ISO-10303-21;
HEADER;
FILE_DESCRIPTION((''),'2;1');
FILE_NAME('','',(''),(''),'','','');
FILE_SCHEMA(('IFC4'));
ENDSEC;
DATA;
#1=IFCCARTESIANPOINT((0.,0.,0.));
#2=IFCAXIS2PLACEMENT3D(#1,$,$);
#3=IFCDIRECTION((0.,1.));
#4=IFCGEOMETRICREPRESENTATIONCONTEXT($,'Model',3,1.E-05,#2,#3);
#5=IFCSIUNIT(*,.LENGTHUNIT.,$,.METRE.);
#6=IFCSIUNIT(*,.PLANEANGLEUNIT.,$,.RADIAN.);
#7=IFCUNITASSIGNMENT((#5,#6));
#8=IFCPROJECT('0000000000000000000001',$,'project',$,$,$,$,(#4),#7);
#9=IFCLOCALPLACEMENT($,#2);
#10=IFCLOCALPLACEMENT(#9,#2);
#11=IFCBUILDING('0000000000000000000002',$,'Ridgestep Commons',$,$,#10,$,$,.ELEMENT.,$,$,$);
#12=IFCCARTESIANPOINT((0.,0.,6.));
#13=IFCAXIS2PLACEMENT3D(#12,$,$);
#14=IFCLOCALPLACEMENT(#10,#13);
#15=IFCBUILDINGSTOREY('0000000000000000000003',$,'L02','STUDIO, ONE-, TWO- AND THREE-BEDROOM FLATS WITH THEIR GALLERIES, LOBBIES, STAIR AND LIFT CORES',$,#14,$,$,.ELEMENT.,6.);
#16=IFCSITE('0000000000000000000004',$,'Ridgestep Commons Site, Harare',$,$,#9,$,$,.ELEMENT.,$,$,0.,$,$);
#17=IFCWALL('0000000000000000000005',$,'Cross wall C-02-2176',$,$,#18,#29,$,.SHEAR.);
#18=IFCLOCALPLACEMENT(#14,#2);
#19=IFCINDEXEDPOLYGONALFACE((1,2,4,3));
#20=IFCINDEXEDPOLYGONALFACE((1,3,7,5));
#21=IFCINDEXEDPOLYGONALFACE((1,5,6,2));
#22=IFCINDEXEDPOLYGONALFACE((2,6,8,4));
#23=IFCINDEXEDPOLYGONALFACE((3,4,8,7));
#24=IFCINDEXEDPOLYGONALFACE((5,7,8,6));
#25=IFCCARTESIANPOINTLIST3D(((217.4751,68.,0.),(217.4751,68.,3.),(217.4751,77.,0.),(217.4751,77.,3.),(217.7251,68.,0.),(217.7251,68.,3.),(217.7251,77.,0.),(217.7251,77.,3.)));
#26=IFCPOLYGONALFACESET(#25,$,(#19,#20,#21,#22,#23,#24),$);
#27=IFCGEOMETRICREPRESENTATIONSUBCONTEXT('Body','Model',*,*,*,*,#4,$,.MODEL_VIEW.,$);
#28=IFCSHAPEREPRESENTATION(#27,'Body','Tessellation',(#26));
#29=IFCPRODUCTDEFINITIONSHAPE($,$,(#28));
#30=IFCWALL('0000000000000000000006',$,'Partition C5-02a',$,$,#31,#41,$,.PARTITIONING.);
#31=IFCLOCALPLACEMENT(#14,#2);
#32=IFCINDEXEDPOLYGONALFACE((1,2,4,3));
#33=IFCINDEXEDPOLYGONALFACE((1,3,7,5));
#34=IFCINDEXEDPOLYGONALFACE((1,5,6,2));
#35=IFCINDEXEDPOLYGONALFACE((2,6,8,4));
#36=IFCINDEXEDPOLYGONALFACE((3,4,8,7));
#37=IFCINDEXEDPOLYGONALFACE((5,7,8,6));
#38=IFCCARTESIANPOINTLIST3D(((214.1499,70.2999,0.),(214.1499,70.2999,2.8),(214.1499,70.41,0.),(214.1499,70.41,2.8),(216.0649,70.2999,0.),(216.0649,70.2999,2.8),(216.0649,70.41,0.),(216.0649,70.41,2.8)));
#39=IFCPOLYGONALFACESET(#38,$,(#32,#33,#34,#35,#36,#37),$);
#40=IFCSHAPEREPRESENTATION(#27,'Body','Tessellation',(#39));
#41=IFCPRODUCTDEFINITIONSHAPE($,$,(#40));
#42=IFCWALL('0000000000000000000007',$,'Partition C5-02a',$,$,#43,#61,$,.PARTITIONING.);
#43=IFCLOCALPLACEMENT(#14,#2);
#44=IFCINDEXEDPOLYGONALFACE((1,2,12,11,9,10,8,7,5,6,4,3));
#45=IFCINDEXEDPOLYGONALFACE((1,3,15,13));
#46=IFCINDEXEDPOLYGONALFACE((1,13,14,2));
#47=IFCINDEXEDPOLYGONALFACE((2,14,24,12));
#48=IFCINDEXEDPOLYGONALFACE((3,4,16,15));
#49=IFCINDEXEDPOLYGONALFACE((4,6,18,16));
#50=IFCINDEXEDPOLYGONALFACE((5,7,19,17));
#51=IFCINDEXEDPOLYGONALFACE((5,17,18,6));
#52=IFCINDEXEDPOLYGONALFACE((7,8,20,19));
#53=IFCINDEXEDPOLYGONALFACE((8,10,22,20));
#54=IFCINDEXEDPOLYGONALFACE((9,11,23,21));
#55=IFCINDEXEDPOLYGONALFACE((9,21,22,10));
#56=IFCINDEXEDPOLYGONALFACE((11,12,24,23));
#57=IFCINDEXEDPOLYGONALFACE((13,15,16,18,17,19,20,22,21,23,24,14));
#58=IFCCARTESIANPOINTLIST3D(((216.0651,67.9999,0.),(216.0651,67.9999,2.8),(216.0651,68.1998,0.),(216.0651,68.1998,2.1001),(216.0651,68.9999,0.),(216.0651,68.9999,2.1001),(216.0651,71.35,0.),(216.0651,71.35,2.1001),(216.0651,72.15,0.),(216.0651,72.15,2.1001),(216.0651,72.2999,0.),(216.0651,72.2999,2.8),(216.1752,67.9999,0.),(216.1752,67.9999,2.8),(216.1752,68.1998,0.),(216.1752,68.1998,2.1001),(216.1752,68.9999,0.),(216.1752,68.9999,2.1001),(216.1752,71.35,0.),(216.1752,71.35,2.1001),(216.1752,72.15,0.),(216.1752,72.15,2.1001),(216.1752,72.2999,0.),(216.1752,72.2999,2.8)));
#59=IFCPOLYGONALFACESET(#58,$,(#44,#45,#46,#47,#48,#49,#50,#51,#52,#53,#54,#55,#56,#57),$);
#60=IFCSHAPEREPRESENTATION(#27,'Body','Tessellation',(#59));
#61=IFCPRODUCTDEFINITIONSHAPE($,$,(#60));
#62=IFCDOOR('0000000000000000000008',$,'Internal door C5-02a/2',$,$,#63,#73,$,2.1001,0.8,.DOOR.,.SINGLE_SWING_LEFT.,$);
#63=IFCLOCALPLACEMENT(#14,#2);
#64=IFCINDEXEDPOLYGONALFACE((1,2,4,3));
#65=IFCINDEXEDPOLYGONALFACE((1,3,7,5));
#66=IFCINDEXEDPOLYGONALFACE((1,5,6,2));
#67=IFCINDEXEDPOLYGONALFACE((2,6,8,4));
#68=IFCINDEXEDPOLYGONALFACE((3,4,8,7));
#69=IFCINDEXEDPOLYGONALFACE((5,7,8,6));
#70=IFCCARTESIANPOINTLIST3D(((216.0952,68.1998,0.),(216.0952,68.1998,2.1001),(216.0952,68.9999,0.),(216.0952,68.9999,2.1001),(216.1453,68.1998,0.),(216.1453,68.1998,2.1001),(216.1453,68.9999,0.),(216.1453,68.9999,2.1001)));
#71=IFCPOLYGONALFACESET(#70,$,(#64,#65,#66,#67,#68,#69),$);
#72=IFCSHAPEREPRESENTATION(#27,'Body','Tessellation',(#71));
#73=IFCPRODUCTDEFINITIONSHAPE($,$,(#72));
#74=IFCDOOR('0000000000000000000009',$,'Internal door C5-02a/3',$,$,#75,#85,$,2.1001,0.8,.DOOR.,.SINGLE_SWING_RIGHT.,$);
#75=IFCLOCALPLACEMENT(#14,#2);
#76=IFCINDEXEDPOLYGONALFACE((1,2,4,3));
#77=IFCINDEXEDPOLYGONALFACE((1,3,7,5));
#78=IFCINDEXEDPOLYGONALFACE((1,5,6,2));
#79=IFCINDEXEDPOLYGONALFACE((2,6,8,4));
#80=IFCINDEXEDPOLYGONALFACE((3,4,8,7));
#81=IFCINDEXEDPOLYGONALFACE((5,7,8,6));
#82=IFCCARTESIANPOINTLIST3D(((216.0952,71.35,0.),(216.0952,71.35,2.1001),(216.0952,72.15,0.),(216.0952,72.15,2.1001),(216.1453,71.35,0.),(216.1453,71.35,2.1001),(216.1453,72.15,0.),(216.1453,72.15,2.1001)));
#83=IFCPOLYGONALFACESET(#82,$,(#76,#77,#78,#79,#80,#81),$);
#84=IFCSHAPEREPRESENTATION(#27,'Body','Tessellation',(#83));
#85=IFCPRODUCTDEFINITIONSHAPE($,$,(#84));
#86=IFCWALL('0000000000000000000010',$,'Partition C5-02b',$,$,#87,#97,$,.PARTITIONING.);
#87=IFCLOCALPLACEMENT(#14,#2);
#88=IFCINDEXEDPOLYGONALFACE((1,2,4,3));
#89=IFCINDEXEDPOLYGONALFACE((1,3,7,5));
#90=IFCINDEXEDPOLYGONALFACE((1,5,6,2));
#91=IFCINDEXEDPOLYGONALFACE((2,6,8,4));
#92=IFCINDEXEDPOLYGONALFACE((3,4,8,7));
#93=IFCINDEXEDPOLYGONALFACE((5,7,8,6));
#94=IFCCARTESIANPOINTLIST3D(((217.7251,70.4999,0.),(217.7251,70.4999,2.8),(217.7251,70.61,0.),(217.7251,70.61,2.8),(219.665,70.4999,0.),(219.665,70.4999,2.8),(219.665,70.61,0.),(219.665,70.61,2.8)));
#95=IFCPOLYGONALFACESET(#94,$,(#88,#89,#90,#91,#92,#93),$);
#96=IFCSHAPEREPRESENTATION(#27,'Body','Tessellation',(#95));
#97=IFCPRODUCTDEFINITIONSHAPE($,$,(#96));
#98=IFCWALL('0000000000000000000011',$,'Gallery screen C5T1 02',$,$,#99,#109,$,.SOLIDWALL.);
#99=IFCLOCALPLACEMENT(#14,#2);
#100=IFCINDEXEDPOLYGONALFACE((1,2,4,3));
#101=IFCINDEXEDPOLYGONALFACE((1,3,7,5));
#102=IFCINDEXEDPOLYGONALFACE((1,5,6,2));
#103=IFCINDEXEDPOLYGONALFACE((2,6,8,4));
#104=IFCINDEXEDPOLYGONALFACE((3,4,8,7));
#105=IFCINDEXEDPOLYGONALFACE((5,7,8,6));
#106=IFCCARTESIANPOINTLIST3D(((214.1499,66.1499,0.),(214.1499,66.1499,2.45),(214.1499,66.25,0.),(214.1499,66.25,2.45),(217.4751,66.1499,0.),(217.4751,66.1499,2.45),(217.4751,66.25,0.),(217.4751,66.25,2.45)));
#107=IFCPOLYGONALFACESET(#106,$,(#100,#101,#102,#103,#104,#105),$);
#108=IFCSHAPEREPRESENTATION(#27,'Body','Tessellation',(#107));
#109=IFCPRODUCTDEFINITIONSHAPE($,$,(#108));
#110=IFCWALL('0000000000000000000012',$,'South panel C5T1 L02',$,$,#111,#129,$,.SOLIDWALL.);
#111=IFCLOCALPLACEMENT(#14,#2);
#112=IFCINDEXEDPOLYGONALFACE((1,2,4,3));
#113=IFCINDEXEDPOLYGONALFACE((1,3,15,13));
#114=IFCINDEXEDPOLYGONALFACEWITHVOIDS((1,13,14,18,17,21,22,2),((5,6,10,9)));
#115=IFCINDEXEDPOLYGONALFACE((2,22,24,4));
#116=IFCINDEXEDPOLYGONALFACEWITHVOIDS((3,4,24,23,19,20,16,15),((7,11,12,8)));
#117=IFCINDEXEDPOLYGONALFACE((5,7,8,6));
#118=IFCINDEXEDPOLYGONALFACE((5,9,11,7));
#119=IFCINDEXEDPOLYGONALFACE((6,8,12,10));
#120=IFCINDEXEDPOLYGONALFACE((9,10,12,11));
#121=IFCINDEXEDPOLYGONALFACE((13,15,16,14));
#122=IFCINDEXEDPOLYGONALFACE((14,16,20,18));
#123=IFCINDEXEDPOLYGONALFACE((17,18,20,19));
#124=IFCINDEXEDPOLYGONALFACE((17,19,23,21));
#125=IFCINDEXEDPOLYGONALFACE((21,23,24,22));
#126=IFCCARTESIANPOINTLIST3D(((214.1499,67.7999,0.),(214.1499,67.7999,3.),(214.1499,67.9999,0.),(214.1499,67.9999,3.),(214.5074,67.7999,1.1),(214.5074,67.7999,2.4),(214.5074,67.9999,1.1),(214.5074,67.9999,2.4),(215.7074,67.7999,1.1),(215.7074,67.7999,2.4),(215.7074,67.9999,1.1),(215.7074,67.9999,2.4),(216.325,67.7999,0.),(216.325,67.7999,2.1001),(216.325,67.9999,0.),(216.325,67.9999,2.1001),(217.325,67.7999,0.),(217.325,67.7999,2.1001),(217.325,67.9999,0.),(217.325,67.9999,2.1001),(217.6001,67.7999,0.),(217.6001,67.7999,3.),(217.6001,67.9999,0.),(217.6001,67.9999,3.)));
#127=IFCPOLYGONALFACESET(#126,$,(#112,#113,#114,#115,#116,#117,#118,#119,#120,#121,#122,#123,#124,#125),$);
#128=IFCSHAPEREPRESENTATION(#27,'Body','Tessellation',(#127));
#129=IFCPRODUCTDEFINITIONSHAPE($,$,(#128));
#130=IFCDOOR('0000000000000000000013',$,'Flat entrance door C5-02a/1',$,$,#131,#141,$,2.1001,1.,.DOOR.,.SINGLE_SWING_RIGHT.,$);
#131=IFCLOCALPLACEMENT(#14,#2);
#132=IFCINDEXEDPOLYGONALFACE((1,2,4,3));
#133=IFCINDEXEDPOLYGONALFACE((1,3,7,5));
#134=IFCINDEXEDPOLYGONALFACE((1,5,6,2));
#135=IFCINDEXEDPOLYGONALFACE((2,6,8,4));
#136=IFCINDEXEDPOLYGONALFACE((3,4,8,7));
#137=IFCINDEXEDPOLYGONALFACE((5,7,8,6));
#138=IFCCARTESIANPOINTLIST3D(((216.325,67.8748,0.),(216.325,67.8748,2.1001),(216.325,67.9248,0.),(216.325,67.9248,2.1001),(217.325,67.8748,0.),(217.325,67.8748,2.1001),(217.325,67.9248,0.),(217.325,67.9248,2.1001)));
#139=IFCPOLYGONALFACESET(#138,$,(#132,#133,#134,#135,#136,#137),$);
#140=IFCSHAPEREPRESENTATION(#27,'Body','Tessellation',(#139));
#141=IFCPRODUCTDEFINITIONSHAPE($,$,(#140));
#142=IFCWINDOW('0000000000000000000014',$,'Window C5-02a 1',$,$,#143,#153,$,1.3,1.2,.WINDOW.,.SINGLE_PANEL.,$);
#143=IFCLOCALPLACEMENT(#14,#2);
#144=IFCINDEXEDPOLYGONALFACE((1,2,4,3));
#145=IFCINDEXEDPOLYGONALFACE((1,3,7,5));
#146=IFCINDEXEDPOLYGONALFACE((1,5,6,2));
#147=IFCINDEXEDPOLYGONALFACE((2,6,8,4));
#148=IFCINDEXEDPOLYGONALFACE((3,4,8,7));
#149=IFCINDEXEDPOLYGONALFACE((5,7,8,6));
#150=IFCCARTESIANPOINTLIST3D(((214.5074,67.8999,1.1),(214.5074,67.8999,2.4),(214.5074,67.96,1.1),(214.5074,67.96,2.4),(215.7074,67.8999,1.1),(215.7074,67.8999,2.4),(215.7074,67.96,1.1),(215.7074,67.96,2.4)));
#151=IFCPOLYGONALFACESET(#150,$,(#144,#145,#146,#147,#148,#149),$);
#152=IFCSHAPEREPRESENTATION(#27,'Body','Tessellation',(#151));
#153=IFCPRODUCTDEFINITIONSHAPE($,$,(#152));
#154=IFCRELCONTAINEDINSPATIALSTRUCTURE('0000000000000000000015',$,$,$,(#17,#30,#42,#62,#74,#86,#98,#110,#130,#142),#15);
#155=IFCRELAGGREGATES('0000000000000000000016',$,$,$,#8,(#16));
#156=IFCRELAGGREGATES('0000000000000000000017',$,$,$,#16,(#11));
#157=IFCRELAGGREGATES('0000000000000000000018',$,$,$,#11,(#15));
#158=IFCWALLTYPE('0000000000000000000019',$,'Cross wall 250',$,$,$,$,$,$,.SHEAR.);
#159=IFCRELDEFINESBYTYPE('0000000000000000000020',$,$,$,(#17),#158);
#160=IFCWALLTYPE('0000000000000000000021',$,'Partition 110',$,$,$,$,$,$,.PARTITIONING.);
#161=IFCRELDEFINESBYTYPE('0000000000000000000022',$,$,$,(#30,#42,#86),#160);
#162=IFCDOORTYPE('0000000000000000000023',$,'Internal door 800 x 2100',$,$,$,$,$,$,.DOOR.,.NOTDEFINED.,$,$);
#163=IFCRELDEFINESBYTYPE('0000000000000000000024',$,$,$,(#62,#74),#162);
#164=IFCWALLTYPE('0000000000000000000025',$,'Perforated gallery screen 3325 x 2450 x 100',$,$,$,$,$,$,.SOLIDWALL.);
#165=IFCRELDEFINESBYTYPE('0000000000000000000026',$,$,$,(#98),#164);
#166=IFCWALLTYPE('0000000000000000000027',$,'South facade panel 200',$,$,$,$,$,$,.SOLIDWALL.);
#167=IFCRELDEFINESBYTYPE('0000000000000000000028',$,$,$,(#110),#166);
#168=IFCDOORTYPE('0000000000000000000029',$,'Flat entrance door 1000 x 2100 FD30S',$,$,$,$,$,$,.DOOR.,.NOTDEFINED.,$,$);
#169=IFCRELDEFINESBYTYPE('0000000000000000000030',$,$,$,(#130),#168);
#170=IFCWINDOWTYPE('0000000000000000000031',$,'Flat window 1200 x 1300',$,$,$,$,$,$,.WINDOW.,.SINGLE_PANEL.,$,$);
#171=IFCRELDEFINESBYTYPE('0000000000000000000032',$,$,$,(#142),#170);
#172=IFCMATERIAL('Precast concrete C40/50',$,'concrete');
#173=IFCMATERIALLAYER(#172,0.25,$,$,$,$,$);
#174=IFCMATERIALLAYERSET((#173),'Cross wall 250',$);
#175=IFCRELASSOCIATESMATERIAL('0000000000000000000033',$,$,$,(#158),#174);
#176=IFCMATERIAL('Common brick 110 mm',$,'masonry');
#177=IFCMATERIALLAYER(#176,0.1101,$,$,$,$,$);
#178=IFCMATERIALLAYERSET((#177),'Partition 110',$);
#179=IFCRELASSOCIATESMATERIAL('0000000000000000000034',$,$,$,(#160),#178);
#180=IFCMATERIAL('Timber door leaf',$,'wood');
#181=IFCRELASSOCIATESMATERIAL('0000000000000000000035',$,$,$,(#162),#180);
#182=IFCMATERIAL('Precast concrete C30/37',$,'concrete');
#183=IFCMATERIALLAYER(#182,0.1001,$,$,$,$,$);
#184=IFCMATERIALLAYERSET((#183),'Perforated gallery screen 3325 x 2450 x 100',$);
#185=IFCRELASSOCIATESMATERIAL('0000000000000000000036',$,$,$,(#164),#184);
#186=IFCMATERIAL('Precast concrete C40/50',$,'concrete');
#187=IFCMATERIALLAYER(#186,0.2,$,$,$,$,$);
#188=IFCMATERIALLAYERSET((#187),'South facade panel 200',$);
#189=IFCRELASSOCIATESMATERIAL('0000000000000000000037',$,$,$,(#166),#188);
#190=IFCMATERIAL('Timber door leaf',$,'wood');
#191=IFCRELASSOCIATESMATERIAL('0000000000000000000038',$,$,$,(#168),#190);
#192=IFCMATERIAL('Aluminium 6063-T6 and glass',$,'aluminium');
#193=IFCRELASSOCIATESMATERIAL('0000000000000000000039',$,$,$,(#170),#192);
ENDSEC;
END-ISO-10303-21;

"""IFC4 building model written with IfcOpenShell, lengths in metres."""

from ifc_helpers import new_model, si_unit, direction, frame, frame_2d, origin, place, context, subcontext, project, spatial, rectangle, extrude, material, layer, layer_set, type_object, element, fill, save


model = new_model("IFC4")

# Units and contexts
model_context = context("Model", 3, precision=1e-05, world=origin(), true_north=direction((0.0, 1.0)))
body_context = subcontext(model_context, "Body", "Model", "MODEL_VIEW")
ifc_project = project(units=[si_unit("LENGTHUNIT", "METRE"), si_unit("PLANEANGLEUNIT", "RADIAN")], contexts=[model_context])

# Site, building, storey
site_placement = place(None, origin())
site = spatial("IfcSite", under=ifc_project, at=site_placement, Name="Ridgestep Commons Site, Harare", CompositionType="ELEMENT", RefElevation=0.0)
building_placement = place(site_placement, origin())
building = spatial("IfcBuilding", under=site, at=building_placement, Name="Ridgestep Commons", CompositionType="ELEMENT")
storey_placement = place(building_placement, frame((0.0, 0.0, 6.0)))
storey = spatial("IfcBuildingStorey", under=building, at=storey_placement, Name="L02", Description="STUDIO, ONE-, TWO- AND THREE-BEDROOM FLATS WITH THEIR GALLERIES, LOBBIES, STAIR AND LIFT CORES", CompositionType="ELEMENT", Elevation=6.0)

# Walls
ifc_material_1 = material(Name="Precast concrete C40/50", Category="concrete")
ifc_layer_1 = layer(ifc_material_1, 0.25)
ifc_layer_set_1 = layer_set([ifc_layer_1], Name="Cross wall 250")
wall_type_1 = type_object("IfcWallType", Name="Cross wall 250", PredefinedType="SHEAR", material=ifc_layer_set_1)
wall_1_placement = place(storey_placement, frame((217.6001, 68.0, 0.0), z_axis=(0.0, 0.0, 1.0), x_axis=(0.0, 1.0, 0.0)))
element("IfcWall", 1, at=wall_1_placement, inside=storey, type_object=wall_type_1, Name="Cross wall C-02-2176", PredefinedType="SHEAR", context=body_context, shape_type="SweptSolid", body=[
    extrude(rectangle(XDim=9.0, YDim=0.25, at=frame_2d((4.5, 0.0))), origin(), (0.0, 0.0, 1.0), 3.0),
])
ifc_material_2 = material(Name="Common brick 110 mm", Category="masonry")
ifc_layer_2 = layer(ifc_material_2, 0.1101)
ifc_layer_set_2 = layer_set([ifc_layer_2], Name="Partition 110")
wall_type_2 = type_object("IfcWallType", Name="Partition 110", PredefinedType="PARTITIONING", material=ifc_layer_set_2)
wall_2_placement = place(storey_placement, frame((214.1499, 70.355, 0.0), z_axis=(0.0, 0.0, 1.0), x_axis=(1.0, 0.0, 0.0)))
element("IfcWall", 2, at=wall_2_placement, inside=storey, type_object=wall_type_2, Name="Partition C5-02a", PredefinedType="PARTITIONING", context=body_context, shape_type="SweptSolid", body=[
    extrude(rectangle(XDim=1.915, YDim=0.1101, at=frame_2d((0.9575, 0.0))), origin(), (0.0, 0.0, 1.0), 2.8),
])

# Wall, openings, doors
wall_3_placement = place(storey_placement, frame((216.1201, 68.0, 0.0), z_axis=(0.0, 0.0, 1.0), x_axis=(0.0, 1.0, 0.0)))
wall_3 = element("IfcWall", 3, at=wall_3_placement, inside=storey, type_object=wall_type_2, Name="Partition C5-02a", PredefinedType="PARTITIONING", context=body_context, shape_type="SweptSolid", body=[
    extrude(rectangle(XDim=4.3, YDim=0.1101, at=frame_2d((2.1499, 0.0))), origin(), (0.0, 0.0, 1.0), 2.8),
])
opening_1_placement = place(wall_3_placement, frame((0.2, 0.0, 0.0)))
opening_1 = element("IfcOpeningElement", 4, at=opening_1_placement, cuts=wall_3, PredefinedType="OPENING", context=body_context, shape_type="SweptSolid", body=[
    extrude(rectangle(XDim=0.8, YDim=2.1001, at=frame_2d((0.3999, 1.05))), frame((0.0, 0.0649, 0.0), z_axis=(0.0, -1.0, 0.0), x_axis=(1.0, 0.0, 0.0)), (0.0, 0.0, 1.0), 0.1301),
])
opening_2_placement = place(wall_3_placement, frame((3.3501, 0.0, 0.0)))
opening_2 = element("IfcOpeningElement", 5, at=opening_2_placement, cuts=wall_3, PredefinedType="OPENING", context=body_context, shape_type="SweptSolid", body=[
    extrude(rectangle(XDim=0.8, YDim=2.1001, at=frame_2d((0.3999, 1.05))), frame((0.0, 0.0649, 0.0), z_axis=(0.0, -1.0, 0.0), x_axis=(1.0, 0.0, 0.0)), (0.0, 0.0, 1.0), 0.1301),
])
ifc_material_3 = material(Name="Timber door leaf", Category="wood")
door_type_1 = type_object("IfcDoorType", Name="Internal door 800 x 2100", OperationType="NOTDEFINED", PredefinedType="DOOR", material=ifc_material_3)
door_1_placement = place(opening_1_placement, origin())
door_1 = element("IfcDoor", 6, at=door_1_placement, inside=storey, type_object=door_type_1, Name="Internal door C5-02a/2", OperationType="SINGLE_SWING_LEFT", OverallHeight=2.1001, OverallWidth=0.8, PredefinedType="DOOR", context=body_context, shape_type="SweptSolid", body=[
    extrude(rectangle(XDim=0.8, YDim=2.1001, at=frame_2d((0.3999, 1.05))), frame((0.0, 0.0249, 0.0), z_axis=(0.0, -1.0, 0.0), x_axis=(1.0, 0.0, 0.0)), (0.0, 0.0, 1.0), 0.05),
])
fill(opening_1, door_1)
door_2_placement = place(opening_2_placement, origin())
door_2 = element("IfcDoor", 7, at=door_2_placement, inside=storey, type_object=door_type_1, Name="Internal door C5-02a/3", OperationType="SINGLE_SWING_RIGHT", OverallHeight=2.1001, OverallWidth=0.8, PredefinedType="DOOR", context=body_context, shape_type="SweptSolid", body=[
    extrude(rectangle(XDim=0.8, YDim=2.1001, at=frame_2d((0.3999, 1.05))), frame((0.0, 0.0249, 0.0), z_axis=(0.0, -1.0, 0.0), x_axis=(1.0, 0.0, 0.0)), (0.0, 0.0, 1.0), 0.05),
])
fill(opening_2, door_2)

# Walls
wall_4_placement = place(storey_placement, frame((217.7251, 70.5549, 0.0), z_axis=(0.0, 0.0, 1.0), x_axis=(1.0, 0.0, 0.0)))
element("IfcWall", 8, at=wall_4_placement, inside=storey, type_object=wall_type_2, Name="Partition C5-02b", PredefinedType="PARTITIONING", context=body_context, shape_type="SweptSolid", body=[
    extrude(rectangle(XDim=1.9399, YDim=0.1101, at=frame_2d((0.97, 0.0))), origin(), (0.0, 0.0, 1.0), 2.8),
])
ifc_material_4 = material(Name="Precast concrete C30/37", Category="concrete")
ifc_layer_3 = layer(ifc_material_4, 0.1001)
ifc_layer_set_3 = layer_set([ifc_layer_3], Name="Perforated gallery screen 3325 x 2450 x 100")
wall_type_3 = type_object("IfcWallType", Name="Perforated gallery screen 3325 x 2450 x 100", PredefinedType="SOLIDWALL", material=ifc_layer_set_3)
wall_5_placement = place(storey_placement, frame((214.1499, 66.2, 0.0), z_axis=(0.0, 0.0, 1.0), x_axis=(1.0, 0.0, 0.0)))
element("IfcWall", 9, at=wall_5_placement, inside=storey, type_object=wall_type_3, Name="Gallery screen C5T1 02", PredefinedType="SOLIDWALL", context=body_context, shape_type="SweptSolid", body=[
    extrude(rectangle(XDim=3.3252, YDim=0.1001, at=frame_2d((1.6626, 0.0))), origin(), (0.0, 0.0, 1.0), 2.45),
])

# Wall, openings, door, window
ifc_material_5 = material(Name="Precast concrete C40/50", Category="concrete")
ifc_layer_4 = layer(ifc_material_5, 0.2)
ifc_layer_set_4 = layer_set([ifc_layer_4], Name="South facade panel 200")
wall_type_4 = type_object("IfcWallType", Name="South facade panel 200", PredefinedType="SOLIDWALL", material=ifc_layer_set_4)
wall_6_placement = place(storey_placement, frame((214.1499, 67.8999, 0.0), z_axis=(0.0, 0.0, 1.0), x_axis=(1.0, 0.0, 0.0)))
wall_6 = element("IfcWall", 10, at=wall_6_placement, inside=storey, type_object=wall_type_4, Name="South panel C5T1 L02", PredefinedType="SOLIDWALL", context=body_context, shape_type="SweptSolid", body=[
    extrude(rectangle(XDim=3.4502, YDim=0.2, at=frame_2d((1.7251, 0.0))), origin(), (0.0, 0.0, 1.0), 3.0),
])
opening_3_placement = place(wall_6_placement, frame((0.3574, 0.0, 1.1001)))
opening_3 = element("IfcOpeningElement", 11, at=opening_3_placement, cuts=wall_6, PredefinedType="OPENING", context=body_context, shape_type="SweptSolid", body=[
    extrude(rectangle(XDim=1.2, YDim=1.3, at=frame_2d((0.6001, 0.6499))), frame((0.0, 0.1099, 0.0), z_axis=(0.0, -1.0, 0.0), x_axis=(1.0, 0.0, 0.0)), (0.0, 0.0, 1.0), 0.22),
])
opening_4_placement = place(wall_6_placement, frame((2.175, 0.0, 0.0)))
opening_4 = element("IfcOpeningElement", 12, at=opening_4_placement, cuts=wall_6, PredefinedType="OPENING", context=body_context, shape_type="SweptSolid", body=[
    extrude(rectangle(XDim=1.0, YDim=2.1001, at=frame_2d((0.5, 1.05))), frame((0.0, 0.1099, 0.0), z_axis=(0.0, -1.0, 0.0), x_axis=(1.0, 0.0, 0.0)), (0.0, 0.0, 1.0), 0.22),
])
ifc_material_6 = material(Name="Timber door leaf", Category="wood")
door_type_2 = type_object("IfcDoorType", Name="Flat entrance door 1000 x 2100 FD30S", OperationType="NOTDEFINED", PredefinedType="DOOR", material=ifc_material_6)
door_3_placement = place(opening_4_placement, origin())
door_3 = element("IfcDoor", 13, at=door_3_placement, inside=storey, type_object=door_type_2, Name="Flat entrance door C5-02a/1", OperationType="SINGLE_SWING_RIGHT", OverallHeight=2.1001, OverallWidth=1.0, PredefinedType="DOOR", context=body_context, shape_type="SweptSolid", body=[
    extrude(rectangle(XDim=1.0, YDim=2.1001, at=frame_2d((0.5, 1.05))), frame((0.0, 0.0249, 0.0), z_axis=(0.0, -1.0, 0.0), x_axis=(1.0, 0.0, 0.0)), (0.0, 0.0, 1.0), 0.05),
])
fill(opening_4, door_3)
ifc_material_7 = material(Name="Aluminium 6063-T6 and glass", Category="aluminium")
window_type = type_object("IfcWindowType", Name="Flat window 1200 x 1300", PartitioningType="SINGLE_PANEL", PredefinedType="WINDOW", material=ifc_material_7)
window_1_placement = place(opening_3_placement, origin())
window_1 = element("IfcWindow", 14, at=window_1_placement, inside=storey, type_object=window_type, Name="Window C5-02a 1", OverallHeight=1.3, OverallWidth=1.2, PartitioningType="SINGLE_PANEL", PredefinedType="WINDOW", context=body_context, shape_type="SweptSolid", body=[
    extrude(rectangle(XDim=1.2, YDim=1.3, at=frame_2d((0.6001, 0.6499))), frame((0.0, 0.0601, 0.0), z_axis=(0.0, -1.0, 0.0), x_axis=(1.0, 0.0, 0.0)), (0.0, 0.0, 1.0), 0.0601),
])
fill(opening_3, window_1)

save(model, "model.ifc")
